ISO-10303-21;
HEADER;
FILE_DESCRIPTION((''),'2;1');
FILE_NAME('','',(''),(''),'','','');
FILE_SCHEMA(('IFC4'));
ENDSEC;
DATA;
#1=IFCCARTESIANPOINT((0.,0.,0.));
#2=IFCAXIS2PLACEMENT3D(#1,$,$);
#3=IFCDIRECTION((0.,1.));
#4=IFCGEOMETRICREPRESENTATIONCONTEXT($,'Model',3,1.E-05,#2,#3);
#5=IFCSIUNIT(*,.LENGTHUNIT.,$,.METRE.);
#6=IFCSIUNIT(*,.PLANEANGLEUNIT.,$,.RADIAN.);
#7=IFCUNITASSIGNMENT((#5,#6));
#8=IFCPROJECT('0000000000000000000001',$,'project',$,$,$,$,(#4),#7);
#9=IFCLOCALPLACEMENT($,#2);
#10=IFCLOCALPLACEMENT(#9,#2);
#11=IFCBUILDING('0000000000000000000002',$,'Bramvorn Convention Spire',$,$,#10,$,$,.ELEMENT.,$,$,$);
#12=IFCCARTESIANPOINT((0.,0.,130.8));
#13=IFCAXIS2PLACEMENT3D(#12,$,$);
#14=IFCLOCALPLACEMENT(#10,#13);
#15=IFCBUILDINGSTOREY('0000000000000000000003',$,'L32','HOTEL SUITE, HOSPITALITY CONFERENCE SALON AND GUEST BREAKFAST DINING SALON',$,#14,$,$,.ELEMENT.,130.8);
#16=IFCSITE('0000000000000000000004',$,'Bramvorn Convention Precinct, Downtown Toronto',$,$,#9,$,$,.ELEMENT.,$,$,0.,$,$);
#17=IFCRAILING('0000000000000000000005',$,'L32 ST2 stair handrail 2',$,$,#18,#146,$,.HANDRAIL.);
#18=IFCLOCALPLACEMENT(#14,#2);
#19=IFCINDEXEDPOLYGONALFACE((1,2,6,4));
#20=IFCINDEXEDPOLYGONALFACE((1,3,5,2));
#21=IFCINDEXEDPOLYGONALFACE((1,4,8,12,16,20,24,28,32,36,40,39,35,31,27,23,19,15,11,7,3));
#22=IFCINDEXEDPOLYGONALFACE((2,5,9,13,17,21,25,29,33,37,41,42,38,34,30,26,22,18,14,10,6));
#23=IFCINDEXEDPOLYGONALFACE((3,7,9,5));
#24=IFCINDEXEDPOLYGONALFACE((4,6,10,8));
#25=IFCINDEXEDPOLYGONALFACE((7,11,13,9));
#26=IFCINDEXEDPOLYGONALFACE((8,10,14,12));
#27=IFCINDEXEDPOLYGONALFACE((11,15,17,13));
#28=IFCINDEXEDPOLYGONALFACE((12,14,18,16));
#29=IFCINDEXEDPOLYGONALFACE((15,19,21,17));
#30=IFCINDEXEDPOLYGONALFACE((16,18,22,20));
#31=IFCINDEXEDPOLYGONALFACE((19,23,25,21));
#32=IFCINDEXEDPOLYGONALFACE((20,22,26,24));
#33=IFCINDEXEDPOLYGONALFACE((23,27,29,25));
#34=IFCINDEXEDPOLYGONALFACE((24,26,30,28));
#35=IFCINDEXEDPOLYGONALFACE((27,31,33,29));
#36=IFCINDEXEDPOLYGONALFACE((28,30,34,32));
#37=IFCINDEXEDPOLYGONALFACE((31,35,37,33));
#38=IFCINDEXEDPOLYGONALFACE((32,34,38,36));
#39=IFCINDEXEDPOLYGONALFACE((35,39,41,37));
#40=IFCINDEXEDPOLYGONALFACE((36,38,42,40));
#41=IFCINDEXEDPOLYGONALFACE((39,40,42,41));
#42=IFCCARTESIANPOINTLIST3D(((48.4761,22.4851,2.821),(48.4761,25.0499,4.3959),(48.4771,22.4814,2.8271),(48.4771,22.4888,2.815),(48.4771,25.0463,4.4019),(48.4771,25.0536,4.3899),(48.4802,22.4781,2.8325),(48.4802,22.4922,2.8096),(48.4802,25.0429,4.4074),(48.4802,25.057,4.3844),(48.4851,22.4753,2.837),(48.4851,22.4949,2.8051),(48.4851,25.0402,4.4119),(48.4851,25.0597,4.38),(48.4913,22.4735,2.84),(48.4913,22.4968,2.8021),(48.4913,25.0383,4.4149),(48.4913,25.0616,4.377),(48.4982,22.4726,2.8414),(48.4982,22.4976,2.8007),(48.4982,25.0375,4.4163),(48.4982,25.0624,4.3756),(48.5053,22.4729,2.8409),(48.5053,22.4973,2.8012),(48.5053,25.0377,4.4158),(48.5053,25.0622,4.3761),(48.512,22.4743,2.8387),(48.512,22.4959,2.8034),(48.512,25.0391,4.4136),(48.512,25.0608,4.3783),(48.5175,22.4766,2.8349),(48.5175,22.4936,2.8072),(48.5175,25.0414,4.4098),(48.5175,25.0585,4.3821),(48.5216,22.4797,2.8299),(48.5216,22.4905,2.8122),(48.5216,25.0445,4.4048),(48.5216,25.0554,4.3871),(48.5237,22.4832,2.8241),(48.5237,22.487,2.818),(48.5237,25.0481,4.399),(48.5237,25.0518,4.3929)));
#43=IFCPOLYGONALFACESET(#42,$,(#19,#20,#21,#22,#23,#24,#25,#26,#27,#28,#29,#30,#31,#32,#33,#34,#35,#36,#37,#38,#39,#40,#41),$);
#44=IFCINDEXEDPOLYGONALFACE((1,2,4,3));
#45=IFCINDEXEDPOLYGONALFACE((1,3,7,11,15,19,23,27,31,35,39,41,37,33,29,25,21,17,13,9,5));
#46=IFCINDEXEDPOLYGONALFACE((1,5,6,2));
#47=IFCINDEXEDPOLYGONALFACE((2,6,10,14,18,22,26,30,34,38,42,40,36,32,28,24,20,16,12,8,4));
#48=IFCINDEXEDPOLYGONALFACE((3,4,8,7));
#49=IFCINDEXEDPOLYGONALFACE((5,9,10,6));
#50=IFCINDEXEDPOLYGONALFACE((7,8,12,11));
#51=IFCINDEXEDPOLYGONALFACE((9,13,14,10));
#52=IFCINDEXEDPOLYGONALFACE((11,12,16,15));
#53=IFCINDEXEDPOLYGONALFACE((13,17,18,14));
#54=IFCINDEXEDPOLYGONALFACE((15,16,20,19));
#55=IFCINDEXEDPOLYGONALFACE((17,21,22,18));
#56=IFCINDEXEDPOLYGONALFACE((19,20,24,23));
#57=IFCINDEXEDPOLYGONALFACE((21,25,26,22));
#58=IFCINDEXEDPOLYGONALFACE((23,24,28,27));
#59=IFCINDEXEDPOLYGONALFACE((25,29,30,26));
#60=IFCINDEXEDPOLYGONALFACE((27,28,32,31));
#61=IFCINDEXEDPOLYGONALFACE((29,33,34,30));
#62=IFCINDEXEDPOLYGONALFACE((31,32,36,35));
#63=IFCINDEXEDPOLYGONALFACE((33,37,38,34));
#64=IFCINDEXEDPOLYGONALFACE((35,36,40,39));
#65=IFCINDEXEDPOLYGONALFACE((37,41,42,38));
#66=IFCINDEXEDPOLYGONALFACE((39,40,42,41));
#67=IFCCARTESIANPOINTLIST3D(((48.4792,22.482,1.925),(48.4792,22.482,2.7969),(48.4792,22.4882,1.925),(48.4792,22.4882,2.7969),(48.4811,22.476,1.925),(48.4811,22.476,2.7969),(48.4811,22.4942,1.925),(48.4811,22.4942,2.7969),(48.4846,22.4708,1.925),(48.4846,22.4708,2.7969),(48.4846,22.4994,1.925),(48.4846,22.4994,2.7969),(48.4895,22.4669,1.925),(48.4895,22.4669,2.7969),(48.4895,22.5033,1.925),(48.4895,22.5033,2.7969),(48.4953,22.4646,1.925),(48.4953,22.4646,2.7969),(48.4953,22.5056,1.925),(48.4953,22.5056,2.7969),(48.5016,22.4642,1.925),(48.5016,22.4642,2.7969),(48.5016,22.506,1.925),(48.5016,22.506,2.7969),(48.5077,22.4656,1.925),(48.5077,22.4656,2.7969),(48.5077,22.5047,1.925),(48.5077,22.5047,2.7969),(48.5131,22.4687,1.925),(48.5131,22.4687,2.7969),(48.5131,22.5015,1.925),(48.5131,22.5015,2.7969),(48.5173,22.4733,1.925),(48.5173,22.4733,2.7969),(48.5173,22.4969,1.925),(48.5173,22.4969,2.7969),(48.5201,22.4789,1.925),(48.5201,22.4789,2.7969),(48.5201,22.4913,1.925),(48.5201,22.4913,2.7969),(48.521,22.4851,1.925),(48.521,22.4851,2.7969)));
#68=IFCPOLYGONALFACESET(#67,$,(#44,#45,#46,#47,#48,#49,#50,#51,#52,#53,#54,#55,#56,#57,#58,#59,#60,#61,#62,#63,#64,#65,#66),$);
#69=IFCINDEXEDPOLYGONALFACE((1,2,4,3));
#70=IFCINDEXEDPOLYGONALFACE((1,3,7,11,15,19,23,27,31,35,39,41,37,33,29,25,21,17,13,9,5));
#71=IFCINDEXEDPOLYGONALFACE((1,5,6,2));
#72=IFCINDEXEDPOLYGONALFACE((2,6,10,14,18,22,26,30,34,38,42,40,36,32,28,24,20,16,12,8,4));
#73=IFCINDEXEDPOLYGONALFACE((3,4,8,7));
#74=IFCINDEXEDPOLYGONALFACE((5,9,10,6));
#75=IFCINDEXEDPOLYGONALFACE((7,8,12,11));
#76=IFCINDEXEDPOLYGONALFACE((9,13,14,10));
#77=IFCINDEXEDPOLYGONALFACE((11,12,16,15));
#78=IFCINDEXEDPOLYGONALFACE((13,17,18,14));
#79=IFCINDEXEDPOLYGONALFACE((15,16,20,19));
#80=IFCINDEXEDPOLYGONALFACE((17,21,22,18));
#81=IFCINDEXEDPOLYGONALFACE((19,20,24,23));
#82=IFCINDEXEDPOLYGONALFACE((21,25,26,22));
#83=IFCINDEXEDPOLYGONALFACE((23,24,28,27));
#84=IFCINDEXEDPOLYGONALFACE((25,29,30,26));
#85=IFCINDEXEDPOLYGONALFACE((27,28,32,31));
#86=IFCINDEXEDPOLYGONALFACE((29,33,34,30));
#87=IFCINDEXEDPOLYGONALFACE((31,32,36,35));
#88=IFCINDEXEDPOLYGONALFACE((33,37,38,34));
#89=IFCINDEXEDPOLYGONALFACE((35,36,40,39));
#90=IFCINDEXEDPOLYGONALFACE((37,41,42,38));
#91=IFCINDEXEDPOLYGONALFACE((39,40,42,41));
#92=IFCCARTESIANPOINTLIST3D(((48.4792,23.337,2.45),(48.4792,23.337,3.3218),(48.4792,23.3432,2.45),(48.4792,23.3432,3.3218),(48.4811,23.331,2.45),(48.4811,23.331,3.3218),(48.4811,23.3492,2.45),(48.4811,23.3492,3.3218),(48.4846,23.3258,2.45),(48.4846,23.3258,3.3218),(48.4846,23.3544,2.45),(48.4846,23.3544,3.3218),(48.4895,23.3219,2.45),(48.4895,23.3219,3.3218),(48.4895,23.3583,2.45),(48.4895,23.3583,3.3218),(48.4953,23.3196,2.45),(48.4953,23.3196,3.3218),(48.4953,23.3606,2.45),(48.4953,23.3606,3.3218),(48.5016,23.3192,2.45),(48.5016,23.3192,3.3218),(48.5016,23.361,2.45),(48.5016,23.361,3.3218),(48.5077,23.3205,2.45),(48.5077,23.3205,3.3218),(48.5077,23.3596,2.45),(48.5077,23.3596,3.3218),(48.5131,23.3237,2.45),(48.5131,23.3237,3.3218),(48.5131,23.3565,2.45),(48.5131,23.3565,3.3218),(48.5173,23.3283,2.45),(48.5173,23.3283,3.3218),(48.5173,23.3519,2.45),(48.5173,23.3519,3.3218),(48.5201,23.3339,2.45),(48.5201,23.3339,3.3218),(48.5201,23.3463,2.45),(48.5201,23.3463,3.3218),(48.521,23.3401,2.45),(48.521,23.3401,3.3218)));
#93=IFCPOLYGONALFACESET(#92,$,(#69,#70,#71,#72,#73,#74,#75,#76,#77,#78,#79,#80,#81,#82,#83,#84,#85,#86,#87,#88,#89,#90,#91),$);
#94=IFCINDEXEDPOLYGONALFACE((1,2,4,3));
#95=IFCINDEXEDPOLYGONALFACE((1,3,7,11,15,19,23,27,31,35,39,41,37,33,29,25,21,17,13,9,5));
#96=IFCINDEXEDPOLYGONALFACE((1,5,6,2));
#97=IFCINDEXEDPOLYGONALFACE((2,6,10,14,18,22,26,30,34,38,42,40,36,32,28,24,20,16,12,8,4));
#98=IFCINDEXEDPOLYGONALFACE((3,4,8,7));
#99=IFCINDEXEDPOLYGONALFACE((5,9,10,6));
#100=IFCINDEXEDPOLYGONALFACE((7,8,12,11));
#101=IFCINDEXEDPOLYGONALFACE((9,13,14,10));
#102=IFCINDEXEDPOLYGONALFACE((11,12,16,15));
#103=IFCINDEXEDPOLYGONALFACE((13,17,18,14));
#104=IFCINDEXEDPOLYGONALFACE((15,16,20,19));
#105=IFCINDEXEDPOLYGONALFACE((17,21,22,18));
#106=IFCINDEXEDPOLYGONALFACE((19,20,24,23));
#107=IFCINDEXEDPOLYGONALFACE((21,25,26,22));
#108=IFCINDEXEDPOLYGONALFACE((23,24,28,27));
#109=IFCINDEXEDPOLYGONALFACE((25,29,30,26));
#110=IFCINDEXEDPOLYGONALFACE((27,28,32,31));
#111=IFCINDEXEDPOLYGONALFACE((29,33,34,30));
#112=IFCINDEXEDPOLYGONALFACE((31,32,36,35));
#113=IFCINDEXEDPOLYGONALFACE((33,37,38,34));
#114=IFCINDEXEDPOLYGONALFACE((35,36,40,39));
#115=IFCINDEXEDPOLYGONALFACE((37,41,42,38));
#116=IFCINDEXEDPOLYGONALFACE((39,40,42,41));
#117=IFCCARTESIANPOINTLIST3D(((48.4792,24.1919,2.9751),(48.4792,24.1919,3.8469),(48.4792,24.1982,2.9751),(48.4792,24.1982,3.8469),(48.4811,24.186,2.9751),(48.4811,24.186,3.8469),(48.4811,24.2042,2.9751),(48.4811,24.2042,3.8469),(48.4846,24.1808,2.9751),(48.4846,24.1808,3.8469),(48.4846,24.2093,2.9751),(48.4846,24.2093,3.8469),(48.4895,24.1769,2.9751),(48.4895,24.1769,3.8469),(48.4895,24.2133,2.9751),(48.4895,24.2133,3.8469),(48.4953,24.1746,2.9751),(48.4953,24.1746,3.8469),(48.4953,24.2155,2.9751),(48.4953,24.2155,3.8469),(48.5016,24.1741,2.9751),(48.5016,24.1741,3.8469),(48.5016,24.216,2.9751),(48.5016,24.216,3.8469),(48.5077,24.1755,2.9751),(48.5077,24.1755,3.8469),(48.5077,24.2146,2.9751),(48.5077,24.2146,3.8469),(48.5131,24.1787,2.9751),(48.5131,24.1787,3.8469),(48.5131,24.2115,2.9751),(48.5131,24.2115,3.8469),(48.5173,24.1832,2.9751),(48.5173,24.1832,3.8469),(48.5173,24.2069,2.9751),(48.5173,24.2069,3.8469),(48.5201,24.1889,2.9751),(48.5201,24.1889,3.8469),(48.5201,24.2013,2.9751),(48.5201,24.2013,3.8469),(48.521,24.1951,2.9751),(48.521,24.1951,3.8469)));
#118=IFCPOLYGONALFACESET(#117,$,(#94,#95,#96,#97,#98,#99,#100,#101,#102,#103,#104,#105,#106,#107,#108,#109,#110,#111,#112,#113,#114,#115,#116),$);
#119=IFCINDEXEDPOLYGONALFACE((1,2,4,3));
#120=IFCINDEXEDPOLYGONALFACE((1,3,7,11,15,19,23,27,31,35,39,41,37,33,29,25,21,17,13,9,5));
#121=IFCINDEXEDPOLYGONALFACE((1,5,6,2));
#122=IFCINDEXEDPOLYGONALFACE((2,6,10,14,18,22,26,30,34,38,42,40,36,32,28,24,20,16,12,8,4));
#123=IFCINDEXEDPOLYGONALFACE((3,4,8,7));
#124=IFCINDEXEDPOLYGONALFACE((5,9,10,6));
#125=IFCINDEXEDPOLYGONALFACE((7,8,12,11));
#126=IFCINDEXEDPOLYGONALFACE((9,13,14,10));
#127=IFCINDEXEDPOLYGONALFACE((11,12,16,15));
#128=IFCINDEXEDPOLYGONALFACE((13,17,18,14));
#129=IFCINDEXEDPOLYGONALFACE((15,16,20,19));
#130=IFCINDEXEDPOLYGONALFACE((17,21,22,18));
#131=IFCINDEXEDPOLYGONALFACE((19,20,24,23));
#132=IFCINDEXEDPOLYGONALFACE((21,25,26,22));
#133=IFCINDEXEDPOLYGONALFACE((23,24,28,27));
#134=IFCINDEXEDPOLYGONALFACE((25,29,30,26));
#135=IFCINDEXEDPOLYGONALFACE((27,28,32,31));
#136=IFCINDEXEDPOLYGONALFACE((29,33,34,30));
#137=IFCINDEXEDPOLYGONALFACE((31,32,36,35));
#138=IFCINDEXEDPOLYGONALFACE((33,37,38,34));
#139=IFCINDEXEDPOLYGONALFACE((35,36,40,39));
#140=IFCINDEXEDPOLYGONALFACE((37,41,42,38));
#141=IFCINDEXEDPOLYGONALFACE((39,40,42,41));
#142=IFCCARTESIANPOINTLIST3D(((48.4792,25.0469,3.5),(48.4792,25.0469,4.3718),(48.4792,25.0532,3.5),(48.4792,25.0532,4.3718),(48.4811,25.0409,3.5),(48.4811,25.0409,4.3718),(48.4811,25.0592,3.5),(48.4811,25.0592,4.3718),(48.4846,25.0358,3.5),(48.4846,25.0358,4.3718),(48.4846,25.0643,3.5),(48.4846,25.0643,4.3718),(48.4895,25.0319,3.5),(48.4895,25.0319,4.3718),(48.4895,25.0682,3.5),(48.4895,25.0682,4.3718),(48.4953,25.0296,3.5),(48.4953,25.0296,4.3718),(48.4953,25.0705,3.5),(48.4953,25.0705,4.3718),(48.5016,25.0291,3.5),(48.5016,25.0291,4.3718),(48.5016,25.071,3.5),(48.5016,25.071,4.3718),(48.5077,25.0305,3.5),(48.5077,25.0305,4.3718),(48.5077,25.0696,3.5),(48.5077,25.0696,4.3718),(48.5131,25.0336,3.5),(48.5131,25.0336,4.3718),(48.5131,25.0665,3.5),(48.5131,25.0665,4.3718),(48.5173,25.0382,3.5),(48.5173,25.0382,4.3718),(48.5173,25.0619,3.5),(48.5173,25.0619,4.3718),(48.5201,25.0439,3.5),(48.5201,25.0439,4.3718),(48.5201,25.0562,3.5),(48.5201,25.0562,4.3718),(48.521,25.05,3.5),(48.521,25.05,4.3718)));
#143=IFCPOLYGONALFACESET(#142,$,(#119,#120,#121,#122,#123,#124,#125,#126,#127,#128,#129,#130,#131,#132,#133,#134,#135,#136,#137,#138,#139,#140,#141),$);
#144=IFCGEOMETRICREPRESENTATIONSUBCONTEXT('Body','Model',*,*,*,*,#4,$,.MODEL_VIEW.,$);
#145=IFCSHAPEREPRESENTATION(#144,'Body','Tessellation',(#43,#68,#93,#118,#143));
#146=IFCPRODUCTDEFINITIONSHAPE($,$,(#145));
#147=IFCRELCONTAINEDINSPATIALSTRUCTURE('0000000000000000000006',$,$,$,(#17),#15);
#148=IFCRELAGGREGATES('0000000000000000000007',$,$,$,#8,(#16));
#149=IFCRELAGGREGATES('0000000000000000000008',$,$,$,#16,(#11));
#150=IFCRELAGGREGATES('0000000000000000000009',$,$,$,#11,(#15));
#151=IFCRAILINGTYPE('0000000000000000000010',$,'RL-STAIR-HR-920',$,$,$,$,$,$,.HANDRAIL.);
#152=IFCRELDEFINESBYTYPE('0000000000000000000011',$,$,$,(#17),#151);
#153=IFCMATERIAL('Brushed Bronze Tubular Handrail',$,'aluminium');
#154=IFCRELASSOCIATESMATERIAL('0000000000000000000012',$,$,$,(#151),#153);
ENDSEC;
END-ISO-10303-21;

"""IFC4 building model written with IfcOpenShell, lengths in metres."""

from ifc_helpers import new_model, si_unit, direction, frame, origin, origin_2d, place, context, subcontext, project, spatial, circle, extrude, material, type_object, element, save


model = new_model("IFC4")

# Units and contexts
model_context = context("Model", 3, precision=1e-05, world=origin(), true_north=direction((0.0, 1.0)))
body_context = subcontext(model_context, "Body", "Model", "MODEL_VIEW")
ifc_project = project(units=[si_unit("LENGTHUNIT", "METRE"), si_unit("PLANEANGLEUNIT", "RADIAN")], contexts=[model_context])

# Site, building, storey
site_placement = place(None, origin())
site = spatial("IfcSite", under=ifc_project, at=site_placement, Name="Bramvorn Convention Precinct, Downtown Toronto", CompositionType="ELEMENT", RefElevation=0.0)
building_placement = place(site_placement, origin())
building = spatial("IfcBuilding", under=site, at=building_placement, Name="Bramvorn Convention Spire", CompositionType="ELEMENT")
storey_placement = place(building_placement, frame((0.0, 0.0, 130.8)))
storey = spatial("IfcBuildingStorey", under=building, at=storey_placement, Name="L32", Description="HOTEL SUITE, HOSPITALITY CONFERENCE SALON AND GUEST BREAKFAST DINING SALON", CompositionType="ELEMENT", Elevation=130.8)

# Railing
ifc_material_1 = material(Name="Brushed Bronze Tubular Handrail", Category="aluminium")
railing_type_1 = type_object("IfcRailingType", Name="RL-STAIR-HR-920", PredefinedType="HANDRAIL", material=ifc_material_1)
railing_1_placement = place(storey_placement, frame((48.5, 22.4851, 1.925)))
element("IfcRailing", 1, at=railing_1_placement, inside=storey, type_object=railing_type_1, Name="L32 ST2 stair handrail 2", PredefinedType="HANDRAIL", context=body_context, shape_type="SweptSolid", body=[
    extrude(circle(Radius=0.0239, at=origin_2d()), frame((0.0, 0.0, 0.896), z_axis=(0.0, 0.852173, 0.52326), x_axis=(-1.0, 0.0, 0.0)), (0.0, 0.0, 1.0), 3.0098),
    extrude(circle(Radius=0.021, at=origin_2d()), origin(), (0.0, 0.0, 1.0), 0.8718),
    extrude(circle(Radius=0.021, at=origin_2d()), frame((0.0, 0.855, 0.5249)), (0.0, 0.0, 1.0), 0.8718),
    extrude(circle(Radius=0.021, at=origin_2d()), frame((0.0, 1.71, 1.05)), (0.0, 0.0, 1.0), 0.8718),
    extrude(circle(Radius=0.021, at=origin_2d()), frame((0.0, 2.5649, 1.575)), (0.0, 0.0, 1.0), 0.8718),
])

save(model, "model.ifc")
